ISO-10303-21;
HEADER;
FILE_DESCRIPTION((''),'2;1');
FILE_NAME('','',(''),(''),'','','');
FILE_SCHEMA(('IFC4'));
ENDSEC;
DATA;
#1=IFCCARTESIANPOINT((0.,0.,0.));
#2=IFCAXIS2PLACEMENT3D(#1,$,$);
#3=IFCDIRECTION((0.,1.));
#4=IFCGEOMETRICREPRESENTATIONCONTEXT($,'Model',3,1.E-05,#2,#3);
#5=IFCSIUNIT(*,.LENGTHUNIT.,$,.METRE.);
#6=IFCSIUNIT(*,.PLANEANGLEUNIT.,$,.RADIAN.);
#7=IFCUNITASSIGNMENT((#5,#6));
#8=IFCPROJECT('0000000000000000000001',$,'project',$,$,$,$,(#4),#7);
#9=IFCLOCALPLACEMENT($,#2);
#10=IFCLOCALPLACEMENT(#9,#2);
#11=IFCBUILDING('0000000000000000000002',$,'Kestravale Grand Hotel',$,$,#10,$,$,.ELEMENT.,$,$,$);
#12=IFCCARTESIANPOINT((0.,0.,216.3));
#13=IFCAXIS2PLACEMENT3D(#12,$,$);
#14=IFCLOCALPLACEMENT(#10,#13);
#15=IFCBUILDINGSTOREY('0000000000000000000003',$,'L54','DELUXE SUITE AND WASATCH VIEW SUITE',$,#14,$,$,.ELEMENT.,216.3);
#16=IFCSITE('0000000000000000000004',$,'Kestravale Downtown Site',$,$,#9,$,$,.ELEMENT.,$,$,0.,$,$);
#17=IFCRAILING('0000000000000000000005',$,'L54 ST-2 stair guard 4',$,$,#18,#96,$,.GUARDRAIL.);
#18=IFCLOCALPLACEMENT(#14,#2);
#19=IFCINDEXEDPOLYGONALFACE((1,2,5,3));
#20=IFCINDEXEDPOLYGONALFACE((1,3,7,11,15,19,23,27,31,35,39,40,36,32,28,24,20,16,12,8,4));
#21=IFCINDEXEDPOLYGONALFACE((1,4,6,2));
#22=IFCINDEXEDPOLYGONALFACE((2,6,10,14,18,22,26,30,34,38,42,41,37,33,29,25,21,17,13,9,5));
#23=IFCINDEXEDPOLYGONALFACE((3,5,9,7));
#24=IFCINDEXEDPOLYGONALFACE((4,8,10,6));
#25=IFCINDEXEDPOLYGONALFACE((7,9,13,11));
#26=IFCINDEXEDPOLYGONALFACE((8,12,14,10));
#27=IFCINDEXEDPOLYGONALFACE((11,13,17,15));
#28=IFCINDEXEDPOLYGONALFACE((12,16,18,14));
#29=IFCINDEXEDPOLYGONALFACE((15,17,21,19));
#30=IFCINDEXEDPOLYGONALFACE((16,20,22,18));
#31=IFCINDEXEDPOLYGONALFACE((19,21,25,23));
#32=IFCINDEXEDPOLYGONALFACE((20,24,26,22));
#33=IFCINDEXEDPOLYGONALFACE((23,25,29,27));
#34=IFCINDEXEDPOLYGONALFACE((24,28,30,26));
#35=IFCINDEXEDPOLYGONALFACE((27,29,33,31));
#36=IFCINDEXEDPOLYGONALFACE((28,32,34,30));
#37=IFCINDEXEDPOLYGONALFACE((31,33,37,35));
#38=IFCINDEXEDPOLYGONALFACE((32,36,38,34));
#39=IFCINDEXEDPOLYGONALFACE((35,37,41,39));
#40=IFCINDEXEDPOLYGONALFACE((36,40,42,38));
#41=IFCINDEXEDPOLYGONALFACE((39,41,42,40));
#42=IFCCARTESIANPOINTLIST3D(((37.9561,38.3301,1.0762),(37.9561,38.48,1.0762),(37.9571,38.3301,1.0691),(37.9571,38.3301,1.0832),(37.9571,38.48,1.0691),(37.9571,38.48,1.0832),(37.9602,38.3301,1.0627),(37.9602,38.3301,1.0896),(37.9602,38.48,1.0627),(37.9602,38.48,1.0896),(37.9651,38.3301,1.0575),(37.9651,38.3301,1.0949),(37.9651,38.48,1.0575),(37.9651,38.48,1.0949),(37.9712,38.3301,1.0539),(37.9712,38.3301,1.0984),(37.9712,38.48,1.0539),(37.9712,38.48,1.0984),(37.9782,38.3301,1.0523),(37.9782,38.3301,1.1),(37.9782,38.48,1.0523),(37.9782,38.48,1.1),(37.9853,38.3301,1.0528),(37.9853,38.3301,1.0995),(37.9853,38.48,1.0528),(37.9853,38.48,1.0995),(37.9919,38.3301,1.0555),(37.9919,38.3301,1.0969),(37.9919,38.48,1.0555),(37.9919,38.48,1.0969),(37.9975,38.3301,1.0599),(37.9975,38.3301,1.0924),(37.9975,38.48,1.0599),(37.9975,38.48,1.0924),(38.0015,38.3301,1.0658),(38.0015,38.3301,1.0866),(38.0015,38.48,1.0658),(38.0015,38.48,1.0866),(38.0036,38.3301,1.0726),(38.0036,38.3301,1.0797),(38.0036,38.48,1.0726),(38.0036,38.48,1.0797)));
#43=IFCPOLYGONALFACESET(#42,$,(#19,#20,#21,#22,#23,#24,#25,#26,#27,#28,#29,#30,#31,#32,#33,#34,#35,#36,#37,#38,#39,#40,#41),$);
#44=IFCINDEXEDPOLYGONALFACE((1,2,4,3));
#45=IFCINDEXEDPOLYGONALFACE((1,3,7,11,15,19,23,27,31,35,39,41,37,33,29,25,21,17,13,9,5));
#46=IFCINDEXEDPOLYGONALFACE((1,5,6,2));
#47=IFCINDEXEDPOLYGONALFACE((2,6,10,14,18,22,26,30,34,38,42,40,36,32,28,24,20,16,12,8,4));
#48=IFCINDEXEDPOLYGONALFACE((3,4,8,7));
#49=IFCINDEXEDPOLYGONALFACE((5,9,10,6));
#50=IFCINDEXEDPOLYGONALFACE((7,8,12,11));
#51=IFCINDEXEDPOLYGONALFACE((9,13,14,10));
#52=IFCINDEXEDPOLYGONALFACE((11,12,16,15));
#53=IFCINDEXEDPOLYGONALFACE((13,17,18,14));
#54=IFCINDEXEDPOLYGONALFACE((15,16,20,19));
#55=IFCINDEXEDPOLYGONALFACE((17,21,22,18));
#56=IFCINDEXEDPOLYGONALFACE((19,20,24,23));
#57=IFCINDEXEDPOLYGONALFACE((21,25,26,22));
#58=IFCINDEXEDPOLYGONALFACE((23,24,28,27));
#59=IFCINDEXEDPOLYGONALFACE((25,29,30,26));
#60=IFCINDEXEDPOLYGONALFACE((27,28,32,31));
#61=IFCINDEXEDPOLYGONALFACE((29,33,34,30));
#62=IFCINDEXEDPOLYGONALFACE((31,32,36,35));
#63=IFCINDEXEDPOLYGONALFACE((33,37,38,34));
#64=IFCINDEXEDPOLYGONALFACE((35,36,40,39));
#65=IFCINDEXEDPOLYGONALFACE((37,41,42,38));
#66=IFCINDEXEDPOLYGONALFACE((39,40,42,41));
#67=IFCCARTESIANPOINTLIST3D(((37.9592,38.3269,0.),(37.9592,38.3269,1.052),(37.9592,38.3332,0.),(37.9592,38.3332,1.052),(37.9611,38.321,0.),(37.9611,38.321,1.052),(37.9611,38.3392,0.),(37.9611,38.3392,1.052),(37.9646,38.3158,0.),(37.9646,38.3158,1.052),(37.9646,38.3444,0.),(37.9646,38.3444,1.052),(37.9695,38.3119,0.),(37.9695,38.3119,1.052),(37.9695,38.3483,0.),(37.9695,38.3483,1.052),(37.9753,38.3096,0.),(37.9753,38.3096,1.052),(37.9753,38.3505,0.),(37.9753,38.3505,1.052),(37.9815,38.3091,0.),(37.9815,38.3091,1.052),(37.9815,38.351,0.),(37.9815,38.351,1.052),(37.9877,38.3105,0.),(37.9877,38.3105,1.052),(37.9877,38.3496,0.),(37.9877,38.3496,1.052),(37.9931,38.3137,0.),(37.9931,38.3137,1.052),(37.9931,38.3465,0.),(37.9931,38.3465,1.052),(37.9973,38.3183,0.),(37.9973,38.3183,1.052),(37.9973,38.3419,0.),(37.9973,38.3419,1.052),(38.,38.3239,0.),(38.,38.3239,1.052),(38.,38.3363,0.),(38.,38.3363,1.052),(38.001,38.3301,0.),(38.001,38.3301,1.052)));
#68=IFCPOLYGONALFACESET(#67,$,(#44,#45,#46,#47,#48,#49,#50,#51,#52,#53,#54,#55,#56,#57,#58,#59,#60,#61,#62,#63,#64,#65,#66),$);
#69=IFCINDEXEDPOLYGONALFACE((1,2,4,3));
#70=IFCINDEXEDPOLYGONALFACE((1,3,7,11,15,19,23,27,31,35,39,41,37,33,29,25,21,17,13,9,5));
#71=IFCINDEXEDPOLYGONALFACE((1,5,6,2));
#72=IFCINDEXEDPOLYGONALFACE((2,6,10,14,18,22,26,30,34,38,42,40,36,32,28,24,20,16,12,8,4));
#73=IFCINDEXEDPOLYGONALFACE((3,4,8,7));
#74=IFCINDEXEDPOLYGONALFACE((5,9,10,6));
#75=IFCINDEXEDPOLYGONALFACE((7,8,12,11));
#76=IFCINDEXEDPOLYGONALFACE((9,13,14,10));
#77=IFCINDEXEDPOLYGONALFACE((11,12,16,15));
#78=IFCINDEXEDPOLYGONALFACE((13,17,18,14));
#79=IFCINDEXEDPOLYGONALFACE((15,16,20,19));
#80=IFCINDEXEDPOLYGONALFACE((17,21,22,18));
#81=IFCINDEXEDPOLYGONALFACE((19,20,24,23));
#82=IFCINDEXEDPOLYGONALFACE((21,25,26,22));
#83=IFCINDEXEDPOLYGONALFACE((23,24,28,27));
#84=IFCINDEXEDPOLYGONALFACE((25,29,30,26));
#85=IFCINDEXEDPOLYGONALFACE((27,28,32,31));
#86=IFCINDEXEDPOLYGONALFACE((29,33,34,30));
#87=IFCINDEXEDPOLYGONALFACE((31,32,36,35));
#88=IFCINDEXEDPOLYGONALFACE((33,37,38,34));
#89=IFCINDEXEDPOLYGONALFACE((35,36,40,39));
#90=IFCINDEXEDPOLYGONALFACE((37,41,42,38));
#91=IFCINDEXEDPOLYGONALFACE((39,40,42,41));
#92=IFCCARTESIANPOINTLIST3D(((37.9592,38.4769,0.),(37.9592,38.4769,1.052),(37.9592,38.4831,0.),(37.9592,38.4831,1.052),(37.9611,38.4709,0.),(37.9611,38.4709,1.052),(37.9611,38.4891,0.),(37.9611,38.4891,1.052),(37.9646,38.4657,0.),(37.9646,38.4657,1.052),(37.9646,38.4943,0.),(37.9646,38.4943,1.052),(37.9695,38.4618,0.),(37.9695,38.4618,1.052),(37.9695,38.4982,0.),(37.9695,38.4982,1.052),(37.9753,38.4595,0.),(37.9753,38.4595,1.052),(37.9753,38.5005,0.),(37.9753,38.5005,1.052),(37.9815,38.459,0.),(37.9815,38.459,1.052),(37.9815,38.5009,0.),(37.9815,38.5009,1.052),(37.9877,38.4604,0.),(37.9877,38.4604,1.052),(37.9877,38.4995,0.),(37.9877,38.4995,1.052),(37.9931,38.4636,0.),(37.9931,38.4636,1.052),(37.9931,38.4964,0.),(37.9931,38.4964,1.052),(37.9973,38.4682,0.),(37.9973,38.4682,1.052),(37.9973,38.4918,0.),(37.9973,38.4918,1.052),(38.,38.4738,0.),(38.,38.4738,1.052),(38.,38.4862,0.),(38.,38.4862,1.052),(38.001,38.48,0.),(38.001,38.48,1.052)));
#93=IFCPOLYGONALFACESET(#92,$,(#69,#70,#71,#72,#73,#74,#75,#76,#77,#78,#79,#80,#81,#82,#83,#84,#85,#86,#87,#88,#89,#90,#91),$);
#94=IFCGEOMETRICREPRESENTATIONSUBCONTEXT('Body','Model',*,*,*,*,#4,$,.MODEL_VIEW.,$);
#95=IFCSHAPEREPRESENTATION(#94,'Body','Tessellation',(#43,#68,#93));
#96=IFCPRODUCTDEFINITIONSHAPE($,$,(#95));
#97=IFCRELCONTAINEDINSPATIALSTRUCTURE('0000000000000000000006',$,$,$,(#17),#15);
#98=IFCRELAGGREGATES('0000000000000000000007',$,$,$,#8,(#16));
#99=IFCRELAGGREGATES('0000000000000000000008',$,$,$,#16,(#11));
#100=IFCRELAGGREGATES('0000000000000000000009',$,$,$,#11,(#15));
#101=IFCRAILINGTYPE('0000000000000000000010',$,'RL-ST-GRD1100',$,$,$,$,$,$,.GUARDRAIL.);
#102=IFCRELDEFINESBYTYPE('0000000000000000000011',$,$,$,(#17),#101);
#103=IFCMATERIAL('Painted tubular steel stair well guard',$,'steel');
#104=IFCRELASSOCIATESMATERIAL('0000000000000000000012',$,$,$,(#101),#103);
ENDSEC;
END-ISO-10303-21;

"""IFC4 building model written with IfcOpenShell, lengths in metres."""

from ifc_helpers import new_model, si_unit, direction, frame, origin, origin_2d, place, context, subcontext, project, spatial, circle, extrude, material, type_object, element, save


model = new_model("IFC4")

# Units and contexts
model_context = context("Model", 3, precision=1e-05, world=origin(), true_north=direction((0.0, 1.0)))
body_context = subcontext(model_context, "Body", "Model", "MODEL_VIEW")
ifc_project = project(units=[si_unit("LENGTHUNIT", "METRE"), si_unit("PLANEANGLEUNIT", "RADIAN")], contexts=[model_context])

# Site, building, storey
site_placement = place(None, origin())
site = spatial("IfcSite", under=ifc_project, at=site_placement, Name="Kestravale Downtown Site", CompositionType="ELEMENT", RefElevation=0.0)
building_placement = place(site_placement, origin())
building = spatial("IfcBuilding", under=site, at=building_placement, Name="Kestravale Grand Hotel", CompositionType="ELEMENT")
storey_placement = place(building_placement, frame((0.0, 0.0, 216.3)))
storey = spatial("IfcBuildingStorey", under=building, at=storey_placement, Name="L54", Description="DELUXE SUITE AND WASATCH VIEW SUITE", CompositionType="ELEMENT", Elevation=216.3)

# Railing
ifc_material_1 = material(Name="Painted tubular steel stair well guard", Category="steel")
railing_type_1 = type_object("IfcRailingType", Name="RL-ST-GRD1100", PredefinedType="GUARDRAIL", material=ifc_material_1)
railing_1_placement = place(storey_placement, frame((37.98, 38.3301, 0.0)))
element("IfcRailing", 1, at=railing_1_placement, inside=storey, type_object=railing_type_1, Name="L54 ST-2 stair guard 4", PredefinedType="GUARDRAIL", context=body_context, shape_type="SweptSolid", body=[
    extrude(circle(Radius=0.0239, at=origin_2d()), frame((0.0, 0.0, 1.0762), z_axis=(0.0, 1.0, 0.0), x_axis=(-1.0, 0.0, 0.0)), (0.0, 0.0, 1.0), 0.1499),
    extrude(circle(Radius=0.021, at=origin_2d()), origin(), (0.0, 0.0, 1.0), 1.052),
    extrude(circle(Radius=0.021, at=origin_2d()), frame((0.0, 0.1499, 0.0)), (0.0, 0.0, 1.0), 1.052),
])

save(model, "model.ifc")
